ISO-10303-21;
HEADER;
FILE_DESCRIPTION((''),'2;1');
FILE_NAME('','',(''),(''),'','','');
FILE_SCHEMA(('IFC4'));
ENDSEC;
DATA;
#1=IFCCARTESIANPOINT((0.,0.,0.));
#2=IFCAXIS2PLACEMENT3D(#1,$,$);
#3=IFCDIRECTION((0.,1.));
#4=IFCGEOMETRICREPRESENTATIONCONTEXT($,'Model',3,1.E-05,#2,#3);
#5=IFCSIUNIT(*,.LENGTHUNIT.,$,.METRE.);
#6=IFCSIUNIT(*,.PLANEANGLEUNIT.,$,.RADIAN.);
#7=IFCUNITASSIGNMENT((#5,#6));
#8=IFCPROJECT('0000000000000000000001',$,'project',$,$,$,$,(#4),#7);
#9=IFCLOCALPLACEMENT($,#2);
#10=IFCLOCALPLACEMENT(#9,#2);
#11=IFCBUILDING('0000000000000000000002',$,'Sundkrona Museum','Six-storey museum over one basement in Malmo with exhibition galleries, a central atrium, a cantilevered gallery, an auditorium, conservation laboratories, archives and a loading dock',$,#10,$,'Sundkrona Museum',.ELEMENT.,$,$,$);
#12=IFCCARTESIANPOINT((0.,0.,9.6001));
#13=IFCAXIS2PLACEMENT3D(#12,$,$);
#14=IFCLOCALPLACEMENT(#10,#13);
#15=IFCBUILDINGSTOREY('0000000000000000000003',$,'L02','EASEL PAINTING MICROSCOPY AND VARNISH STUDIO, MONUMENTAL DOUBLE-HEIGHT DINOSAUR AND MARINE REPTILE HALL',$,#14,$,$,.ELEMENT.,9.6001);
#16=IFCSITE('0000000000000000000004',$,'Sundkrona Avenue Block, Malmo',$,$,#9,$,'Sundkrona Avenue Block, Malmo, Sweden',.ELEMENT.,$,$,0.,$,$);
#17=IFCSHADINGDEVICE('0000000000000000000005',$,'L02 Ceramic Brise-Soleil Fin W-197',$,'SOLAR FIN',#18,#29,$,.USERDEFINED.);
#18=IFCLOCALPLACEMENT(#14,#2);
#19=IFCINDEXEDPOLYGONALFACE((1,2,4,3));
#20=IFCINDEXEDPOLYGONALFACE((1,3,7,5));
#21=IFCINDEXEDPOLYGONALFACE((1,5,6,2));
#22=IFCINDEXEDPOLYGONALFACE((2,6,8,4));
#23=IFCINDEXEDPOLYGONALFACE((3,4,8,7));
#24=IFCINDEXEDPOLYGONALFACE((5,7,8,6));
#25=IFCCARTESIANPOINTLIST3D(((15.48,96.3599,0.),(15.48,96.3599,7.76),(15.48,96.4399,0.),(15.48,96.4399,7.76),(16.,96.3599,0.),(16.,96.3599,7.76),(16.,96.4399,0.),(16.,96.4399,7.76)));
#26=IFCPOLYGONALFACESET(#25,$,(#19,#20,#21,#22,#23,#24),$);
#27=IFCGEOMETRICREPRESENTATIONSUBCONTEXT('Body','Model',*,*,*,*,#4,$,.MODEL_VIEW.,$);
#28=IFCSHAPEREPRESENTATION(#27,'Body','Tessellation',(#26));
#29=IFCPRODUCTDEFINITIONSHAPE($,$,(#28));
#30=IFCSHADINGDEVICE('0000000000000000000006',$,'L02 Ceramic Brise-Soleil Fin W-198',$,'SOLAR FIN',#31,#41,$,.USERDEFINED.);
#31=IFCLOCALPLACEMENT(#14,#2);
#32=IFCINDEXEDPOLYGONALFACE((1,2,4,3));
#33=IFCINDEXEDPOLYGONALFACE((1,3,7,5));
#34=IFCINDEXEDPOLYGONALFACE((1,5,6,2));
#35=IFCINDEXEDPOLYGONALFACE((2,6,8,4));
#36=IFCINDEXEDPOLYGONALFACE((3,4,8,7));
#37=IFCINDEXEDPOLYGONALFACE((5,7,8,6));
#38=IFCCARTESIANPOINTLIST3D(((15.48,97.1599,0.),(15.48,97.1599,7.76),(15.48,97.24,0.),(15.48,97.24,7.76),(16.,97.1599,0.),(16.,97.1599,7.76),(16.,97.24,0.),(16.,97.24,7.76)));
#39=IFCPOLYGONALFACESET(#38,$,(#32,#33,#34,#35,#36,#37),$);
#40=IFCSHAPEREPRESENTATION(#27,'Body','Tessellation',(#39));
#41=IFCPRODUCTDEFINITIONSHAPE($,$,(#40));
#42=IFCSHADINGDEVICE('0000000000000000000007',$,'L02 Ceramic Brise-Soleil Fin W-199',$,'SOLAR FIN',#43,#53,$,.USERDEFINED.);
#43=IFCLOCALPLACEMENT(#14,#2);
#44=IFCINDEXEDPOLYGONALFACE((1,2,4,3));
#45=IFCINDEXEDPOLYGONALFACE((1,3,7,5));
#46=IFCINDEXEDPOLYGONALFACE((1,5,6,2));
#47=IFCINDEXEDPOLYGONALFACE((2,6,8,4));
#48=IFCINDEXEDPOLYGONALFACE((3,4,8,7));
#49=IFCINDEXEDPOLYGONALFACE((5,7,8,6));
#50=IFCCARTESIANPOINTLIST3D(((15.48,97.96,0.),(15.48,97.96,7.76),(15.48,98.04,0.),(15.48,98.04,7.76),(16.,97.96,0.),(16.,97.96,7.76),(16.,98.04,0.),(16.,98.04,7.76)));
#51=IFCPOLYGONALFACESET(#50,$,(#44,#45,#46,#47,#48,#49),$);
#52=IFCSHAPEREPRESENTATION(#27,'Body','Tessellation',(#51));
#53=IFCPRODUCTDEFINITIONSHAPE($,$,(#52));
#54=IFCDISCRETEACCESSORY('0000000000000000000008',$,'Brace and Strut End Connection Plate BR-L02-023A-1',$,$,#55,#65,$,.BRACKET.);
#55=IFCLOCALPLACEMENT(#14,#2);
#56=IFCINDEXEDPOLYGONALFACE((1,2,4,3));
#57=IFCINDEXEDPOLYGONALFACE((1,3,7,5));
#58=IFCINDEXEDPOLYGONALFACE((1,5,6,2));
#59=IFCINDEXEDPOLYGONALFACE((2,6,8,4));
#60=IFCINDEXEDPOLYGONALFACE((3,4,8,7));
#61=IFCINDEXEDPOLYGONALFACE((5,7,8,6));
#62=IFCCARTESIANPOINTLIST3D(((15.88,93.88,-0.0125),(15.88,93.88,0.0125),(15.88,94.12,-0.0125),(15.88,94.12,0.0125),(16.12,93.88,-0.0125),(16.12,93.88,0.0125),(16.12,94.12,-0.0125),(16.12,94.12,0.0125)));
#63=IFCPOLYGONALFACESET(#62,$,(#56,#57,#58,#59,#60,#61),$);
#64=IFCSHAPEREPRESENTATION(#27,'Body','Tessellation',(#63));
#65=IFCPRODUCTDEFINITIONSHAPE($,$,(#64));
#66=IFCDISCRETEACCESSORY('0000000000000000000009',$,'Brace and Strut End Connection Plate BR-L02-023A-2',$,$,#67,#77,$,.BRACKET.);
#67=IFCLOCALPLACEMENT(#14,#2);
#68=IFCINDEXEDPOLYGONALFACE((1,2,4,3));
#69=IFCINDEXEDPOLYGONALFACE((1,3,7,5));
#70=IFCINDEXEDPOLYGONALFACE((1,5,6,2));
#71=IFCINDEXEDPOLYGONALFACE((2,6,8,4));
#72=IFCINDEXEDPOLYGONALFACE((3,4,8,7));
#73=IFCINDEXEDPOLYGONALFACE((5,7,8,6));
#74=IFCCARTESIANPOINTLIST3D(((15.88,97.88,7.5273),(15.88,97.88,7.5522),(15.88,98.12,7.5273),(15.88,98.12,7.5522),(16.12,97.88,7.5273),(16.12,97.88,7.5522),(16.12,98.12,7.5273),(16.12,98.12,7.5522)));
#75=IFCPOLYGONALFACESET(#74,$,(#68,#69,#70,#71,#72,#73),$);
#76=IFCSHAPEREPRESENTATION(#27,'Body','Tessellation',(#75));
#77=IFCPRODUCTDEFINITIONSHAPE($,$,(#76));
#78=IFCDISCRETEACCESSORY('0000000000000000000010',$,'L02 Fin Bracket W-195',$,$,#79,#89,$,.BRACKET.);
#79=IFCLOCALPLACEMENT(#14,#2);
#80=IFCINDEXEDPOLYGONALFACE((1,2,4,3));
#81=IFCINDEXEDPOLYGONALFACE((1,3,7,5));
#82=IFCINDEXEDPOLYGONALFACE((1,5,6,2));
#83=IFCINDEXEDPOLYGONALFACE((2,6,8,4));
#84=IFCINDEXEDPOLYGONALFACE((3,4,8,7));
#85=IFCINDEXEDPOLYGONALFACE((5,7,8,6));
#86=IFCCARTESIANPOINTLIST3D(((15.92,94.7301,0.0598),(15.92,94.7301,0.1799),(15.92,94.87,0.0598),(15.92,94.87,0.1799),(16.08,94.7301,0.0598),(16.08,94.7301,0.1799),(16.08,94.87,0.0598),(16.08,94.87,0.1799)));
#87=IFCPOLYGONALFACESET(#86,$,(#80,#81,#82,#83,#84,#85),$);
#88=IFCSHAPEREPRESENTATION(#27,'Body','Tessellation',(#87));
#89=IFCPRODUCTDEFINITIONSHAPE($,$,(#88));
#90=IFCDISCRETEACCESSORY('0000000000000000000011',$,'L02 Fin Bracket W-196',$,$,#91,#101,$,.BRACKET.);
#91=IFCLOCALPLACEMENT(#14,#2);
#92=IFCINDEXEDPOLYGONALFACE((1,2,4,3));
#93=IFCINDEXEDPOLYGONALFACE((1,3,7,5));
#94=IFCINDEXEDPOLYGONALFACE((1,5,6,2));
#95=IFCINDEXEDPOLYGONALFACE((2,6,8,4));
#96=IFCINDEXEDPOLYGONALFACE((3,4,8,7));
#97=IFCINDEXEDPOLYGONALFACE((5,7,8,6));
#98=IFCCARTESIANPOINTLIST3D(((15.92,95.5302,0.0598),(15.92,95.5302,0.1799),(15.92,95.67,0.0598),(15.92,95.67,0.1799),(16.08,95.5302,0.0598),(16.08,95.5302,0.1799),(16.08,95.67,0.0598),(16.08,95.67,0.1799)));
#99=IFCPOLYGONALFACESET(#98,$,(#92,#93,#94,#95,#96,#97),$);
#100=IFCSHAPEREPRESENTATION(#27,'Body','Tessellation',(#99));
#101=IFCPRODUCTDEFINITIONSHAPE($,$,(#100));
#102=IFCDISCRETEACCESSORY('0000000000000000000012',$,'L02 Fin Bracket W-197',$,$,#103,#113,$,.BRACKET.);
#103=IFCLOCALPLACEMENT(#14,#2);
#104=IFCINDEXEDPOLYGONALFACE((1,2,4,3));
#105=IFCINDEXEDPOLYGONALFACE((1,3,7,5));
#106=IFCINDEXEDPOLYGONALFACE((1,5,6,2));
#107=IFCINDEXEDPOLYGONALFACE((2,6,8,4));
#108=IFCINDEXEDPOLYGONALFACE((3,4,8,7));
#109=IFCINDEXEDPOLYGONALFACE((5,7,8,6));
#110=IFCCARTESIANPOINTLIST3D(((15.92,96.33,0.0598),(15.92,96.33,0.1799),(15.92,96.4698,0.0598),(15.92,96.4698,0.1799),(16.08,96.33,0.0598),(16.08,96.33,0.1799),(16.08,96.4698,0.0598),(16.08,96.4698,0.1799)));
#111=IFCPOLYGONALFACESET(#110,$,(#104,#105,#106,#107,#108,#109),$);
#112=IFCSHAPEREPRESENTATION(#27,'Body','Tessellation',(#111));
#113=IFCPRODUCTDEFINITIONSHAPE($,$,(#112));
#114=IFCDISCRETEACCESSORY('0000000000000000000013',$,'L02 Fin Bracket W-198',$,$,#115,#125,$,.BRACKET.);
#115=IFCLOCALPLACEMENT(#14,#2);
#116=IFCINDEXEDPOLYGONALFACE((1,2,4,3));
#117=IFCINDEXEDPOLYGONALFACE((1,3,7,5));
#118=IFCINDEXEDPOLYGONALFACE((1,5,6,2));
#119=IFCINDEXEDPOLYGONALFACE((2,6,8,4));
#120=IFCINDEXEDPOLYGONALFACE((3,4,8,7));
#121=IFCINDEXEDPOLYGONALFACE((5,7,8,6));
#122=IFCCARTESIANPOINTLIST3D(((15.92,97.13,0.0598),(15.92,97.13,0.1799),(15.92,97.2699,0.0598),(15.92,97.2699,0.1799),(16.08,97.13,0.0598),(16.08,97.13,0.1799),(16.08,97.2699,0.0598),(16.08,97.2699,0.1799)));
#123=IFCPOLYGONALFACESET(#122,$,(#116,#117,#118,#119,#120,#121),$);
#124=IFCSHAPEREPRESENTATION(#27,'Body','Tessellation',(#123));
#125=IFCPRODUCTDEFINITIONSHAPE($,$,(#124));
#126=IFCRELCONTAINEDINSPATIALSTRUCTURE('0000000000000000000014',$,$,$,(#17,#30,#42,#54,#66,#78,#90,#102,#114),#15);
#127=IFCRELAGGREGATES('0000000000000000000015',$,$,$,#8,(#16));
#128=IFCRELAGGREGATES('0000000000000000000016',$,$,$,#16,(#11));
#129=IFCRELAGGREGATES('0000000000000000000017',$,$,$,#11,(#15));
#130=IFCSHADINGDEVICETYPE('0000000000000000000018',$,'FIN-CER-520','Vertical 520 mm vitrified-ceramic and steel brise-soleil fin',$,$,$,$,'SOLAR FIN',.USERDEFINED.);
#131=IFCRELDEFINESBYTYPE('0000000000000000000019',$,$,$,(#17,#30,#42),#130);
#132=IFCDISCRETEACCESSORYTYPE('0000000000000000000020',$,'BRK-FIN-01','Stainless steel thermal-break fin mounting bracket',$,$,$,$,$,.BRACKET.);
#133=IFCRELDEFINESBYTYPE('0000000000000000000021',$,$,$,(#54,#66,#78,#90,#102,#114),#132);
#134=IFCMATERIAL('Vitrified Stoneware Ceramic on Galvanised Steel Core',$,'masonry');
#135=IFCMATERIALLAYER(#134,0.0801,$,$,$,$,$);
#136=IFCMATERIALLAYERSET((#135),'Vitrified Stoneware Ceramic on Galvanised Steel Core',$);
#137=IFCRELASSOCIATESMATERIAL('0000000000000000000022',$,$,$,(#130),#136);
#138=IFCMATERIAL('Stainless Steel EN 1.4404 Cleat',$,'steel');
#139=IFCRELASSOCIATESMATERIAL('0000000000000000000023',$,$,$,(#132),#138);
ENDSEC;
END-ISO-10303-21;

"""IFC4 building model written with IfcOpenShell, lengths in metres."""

from ifc_helpers import new_model, si_unit, direction, frame, origin, origin_2d, place, context, subcontext, project, spatial, rectangle, extrude, material, layer, layer_set, type_object, element, save


model = new_model("IFC4")

# Units and contexts
model_context = context("Model", 3, precision=1e-05, world=origin(), true_north=direction((0.0, 1.0)))
body_context = subcontext(model_context, "Body", "Model", "MODEL_VIEW")
ifc_project = project(units=[si_unit("LENGTHUNIT", "METRE"), si_unit("PLANEANGLEUNIT", "RADIAN")], contexts=[model_context])

# Site, building, storey
site_placement = place(None, origin())
site = spatial("IfcSite", under=ifc_project, at=site_placement, Name="Sundkrona Avenue Block, Malmo", LongName="Sundkrona Avenue Block, Malmo, Sweden", CompositionType="ELEMENT", RefElevation=0.0)
building_placement = place(site_placement, origin())
building = spatial("IfcBuilding", under=site, at=building_placement, Name="Sundkrona Museum", Description="Six-storey museum over one basement in Malmo with exhibition galleries, a central atrium, a cantilevered gallery, an auditorium, conservation laboratories, archives and a loading dock", LongName="Sundkrona Museum", CompositionType="ELEMENT")
storey_placement = place(building_placement, frame((0.0, 0.0, 9.6001)))
storey = spatial("IfcBuildingStorey", under=building, at=storey_placement, Name="L02", Description="EASEL PAINTING MICROSCOPY AND VARNISH STUDIO, MONUMENTAL DOUBLE-HEIGHT DINOSAUR AND MARINE REPTILE HALL", CompositionType="ELEMENT", Elevation=9.6001)

# Shading devices
ifc_material_1 = material(Name="Vitrified Stoneware Ceramic on Galvanised Steel Core", Category="masonry")
ifc_layer_1 = layer(ifc_material_1, 0.0801)
ifc_layer_set_1 = layer_set([ifc_layer_1], Name="Vitrified Stoneware Ceramic on Galvanised Steel Core")
shading_device_type = type_object("IfcShadingDeviceType", Name="FIN-CER-520", Description="Vertical 520 mm vitrified-ceramic and steel brise-soleil fin", ElementType="SOLAR FIN", PredefinedType="USERDEFINED", material=ifc_layer_set_1)
for number, where, z_axis, x_axis, name in (
    (1, (15.74, 96.3999, 0.0), (0.0, 0.0, 1.0), (1.0, 0.0, 0.0), "L02 Ceramic Brise-Soleil Fin W-197"),
    (2, (15.74, 97.2, 0.0), (0.0, 0.0, 1.0), (1.0, 0.0, 0.0), "L02 Ceramic Brise-Soleil Fin W-198"),
    (3, (15.74, 98.0, 0.0), (0.0, 0.0, 1.0), (1.0, 0.0, 0.0), "L02 Ceramic Brise-Soleil Fin W-199"),
):
    element("IfcShadingDevice", number, at=place(storey_placement, frame(where, z_axis=z_axis, x_axis=x_axis)), inside=storey, type_object=shading_device_type, Name=name, ObjectType="SOLAR FIN", PredefinedType="USERDEFINED", context=body_context, shape_type="SweptSolid", body=[
        extrude(rectangle(XDim=0.52, YDim=0.0801, at=origin_2d()), origin(), (0.0, 0.0, 1.0), 7.76),
    ])

# Discrete accessories
ifc_material_2 = material(Name="Stainless Steel EN 1.4404 Cleat", Category="steel")
discrete_accessory_type = type_object("IfcDiscreteAccessoryType", Name="BRK-FIN-01", Description="Stainless steel thermal-break fin mounting bracket", PredefinedType="BRACKET", material=ifc_material_2)
for number, where, z_axis, x_axis, name in (
    (4, (16.0, 94.0, -0.0125), (0.0, 0.0, 1.0), (1.0, 0.0, 0.0), "Brace and Strut End Connection Plate BR-L02-023A-1"),
    (5, (16.0, 98.0, 7.5273), (0.0, 0.0, 1.0), (1.0, 0.0, 0.0), "Brace and Strut End Connection Plate BR-L02-023A-2"),
):
    element("IfcDiscreteAccessory", number, at=place(storey_placement, frame(where, z_axis=z_axis, x_axis=x_axis)), inside=storey, type_object=discrete_accessory_type, Name=name, PredefinedType="BRACKET", context=body_context, shape_type="SweptSolid", body=[
        extrude(rectangle(XDim=0.24, YDim=0.24, at=origin_2d()), origin(), (0.0, 0.0, 1.0), 0.0249),
    ])
for number, where, z_axis, x_axis, name in (
    (6, (16.0, 94.8, 0.0598), (0.0, 0.0, 1.0), (1.0, 0.0, 0.0), "L02 Fin Bracket W-195"),
    (7, (16.0, 95.6001, 0.0598), (0.0, 0.0, 1.0), (1.0, 0.0, 0.0), "L02 Fin Bracket W-196"),
    (8, (16.0, 96.3999, 0.0598), (0.0, 0.0, 1.0), (1.0, 0.0, 0.0), "L02 Fin Bracket W-197"),
    (9, (16.0, 97.2, 0.0598), (0.0, 0.0, 1.0), (1.0, 0.0, 0.0), "L02 Fin Bracket W-198"),
):
    element("IfcDiscreteAccessory", number, at=place(storey_placement, frame(where, z_axis=z_axis, x_axis=x_axis)), inside=storey, type_object=discrete_accessory_type, Name=name, PredefinedType="BRACKET", context=body_context, shape_type="SweptSolid", body=[
        extrude(rectangle(XDim=0.1599, YDim=0.1399, at=origin_2d()), origin(), (0.0, 0.0, 1.0), 0.1201),
    ])

save(model, "model.ifc")
